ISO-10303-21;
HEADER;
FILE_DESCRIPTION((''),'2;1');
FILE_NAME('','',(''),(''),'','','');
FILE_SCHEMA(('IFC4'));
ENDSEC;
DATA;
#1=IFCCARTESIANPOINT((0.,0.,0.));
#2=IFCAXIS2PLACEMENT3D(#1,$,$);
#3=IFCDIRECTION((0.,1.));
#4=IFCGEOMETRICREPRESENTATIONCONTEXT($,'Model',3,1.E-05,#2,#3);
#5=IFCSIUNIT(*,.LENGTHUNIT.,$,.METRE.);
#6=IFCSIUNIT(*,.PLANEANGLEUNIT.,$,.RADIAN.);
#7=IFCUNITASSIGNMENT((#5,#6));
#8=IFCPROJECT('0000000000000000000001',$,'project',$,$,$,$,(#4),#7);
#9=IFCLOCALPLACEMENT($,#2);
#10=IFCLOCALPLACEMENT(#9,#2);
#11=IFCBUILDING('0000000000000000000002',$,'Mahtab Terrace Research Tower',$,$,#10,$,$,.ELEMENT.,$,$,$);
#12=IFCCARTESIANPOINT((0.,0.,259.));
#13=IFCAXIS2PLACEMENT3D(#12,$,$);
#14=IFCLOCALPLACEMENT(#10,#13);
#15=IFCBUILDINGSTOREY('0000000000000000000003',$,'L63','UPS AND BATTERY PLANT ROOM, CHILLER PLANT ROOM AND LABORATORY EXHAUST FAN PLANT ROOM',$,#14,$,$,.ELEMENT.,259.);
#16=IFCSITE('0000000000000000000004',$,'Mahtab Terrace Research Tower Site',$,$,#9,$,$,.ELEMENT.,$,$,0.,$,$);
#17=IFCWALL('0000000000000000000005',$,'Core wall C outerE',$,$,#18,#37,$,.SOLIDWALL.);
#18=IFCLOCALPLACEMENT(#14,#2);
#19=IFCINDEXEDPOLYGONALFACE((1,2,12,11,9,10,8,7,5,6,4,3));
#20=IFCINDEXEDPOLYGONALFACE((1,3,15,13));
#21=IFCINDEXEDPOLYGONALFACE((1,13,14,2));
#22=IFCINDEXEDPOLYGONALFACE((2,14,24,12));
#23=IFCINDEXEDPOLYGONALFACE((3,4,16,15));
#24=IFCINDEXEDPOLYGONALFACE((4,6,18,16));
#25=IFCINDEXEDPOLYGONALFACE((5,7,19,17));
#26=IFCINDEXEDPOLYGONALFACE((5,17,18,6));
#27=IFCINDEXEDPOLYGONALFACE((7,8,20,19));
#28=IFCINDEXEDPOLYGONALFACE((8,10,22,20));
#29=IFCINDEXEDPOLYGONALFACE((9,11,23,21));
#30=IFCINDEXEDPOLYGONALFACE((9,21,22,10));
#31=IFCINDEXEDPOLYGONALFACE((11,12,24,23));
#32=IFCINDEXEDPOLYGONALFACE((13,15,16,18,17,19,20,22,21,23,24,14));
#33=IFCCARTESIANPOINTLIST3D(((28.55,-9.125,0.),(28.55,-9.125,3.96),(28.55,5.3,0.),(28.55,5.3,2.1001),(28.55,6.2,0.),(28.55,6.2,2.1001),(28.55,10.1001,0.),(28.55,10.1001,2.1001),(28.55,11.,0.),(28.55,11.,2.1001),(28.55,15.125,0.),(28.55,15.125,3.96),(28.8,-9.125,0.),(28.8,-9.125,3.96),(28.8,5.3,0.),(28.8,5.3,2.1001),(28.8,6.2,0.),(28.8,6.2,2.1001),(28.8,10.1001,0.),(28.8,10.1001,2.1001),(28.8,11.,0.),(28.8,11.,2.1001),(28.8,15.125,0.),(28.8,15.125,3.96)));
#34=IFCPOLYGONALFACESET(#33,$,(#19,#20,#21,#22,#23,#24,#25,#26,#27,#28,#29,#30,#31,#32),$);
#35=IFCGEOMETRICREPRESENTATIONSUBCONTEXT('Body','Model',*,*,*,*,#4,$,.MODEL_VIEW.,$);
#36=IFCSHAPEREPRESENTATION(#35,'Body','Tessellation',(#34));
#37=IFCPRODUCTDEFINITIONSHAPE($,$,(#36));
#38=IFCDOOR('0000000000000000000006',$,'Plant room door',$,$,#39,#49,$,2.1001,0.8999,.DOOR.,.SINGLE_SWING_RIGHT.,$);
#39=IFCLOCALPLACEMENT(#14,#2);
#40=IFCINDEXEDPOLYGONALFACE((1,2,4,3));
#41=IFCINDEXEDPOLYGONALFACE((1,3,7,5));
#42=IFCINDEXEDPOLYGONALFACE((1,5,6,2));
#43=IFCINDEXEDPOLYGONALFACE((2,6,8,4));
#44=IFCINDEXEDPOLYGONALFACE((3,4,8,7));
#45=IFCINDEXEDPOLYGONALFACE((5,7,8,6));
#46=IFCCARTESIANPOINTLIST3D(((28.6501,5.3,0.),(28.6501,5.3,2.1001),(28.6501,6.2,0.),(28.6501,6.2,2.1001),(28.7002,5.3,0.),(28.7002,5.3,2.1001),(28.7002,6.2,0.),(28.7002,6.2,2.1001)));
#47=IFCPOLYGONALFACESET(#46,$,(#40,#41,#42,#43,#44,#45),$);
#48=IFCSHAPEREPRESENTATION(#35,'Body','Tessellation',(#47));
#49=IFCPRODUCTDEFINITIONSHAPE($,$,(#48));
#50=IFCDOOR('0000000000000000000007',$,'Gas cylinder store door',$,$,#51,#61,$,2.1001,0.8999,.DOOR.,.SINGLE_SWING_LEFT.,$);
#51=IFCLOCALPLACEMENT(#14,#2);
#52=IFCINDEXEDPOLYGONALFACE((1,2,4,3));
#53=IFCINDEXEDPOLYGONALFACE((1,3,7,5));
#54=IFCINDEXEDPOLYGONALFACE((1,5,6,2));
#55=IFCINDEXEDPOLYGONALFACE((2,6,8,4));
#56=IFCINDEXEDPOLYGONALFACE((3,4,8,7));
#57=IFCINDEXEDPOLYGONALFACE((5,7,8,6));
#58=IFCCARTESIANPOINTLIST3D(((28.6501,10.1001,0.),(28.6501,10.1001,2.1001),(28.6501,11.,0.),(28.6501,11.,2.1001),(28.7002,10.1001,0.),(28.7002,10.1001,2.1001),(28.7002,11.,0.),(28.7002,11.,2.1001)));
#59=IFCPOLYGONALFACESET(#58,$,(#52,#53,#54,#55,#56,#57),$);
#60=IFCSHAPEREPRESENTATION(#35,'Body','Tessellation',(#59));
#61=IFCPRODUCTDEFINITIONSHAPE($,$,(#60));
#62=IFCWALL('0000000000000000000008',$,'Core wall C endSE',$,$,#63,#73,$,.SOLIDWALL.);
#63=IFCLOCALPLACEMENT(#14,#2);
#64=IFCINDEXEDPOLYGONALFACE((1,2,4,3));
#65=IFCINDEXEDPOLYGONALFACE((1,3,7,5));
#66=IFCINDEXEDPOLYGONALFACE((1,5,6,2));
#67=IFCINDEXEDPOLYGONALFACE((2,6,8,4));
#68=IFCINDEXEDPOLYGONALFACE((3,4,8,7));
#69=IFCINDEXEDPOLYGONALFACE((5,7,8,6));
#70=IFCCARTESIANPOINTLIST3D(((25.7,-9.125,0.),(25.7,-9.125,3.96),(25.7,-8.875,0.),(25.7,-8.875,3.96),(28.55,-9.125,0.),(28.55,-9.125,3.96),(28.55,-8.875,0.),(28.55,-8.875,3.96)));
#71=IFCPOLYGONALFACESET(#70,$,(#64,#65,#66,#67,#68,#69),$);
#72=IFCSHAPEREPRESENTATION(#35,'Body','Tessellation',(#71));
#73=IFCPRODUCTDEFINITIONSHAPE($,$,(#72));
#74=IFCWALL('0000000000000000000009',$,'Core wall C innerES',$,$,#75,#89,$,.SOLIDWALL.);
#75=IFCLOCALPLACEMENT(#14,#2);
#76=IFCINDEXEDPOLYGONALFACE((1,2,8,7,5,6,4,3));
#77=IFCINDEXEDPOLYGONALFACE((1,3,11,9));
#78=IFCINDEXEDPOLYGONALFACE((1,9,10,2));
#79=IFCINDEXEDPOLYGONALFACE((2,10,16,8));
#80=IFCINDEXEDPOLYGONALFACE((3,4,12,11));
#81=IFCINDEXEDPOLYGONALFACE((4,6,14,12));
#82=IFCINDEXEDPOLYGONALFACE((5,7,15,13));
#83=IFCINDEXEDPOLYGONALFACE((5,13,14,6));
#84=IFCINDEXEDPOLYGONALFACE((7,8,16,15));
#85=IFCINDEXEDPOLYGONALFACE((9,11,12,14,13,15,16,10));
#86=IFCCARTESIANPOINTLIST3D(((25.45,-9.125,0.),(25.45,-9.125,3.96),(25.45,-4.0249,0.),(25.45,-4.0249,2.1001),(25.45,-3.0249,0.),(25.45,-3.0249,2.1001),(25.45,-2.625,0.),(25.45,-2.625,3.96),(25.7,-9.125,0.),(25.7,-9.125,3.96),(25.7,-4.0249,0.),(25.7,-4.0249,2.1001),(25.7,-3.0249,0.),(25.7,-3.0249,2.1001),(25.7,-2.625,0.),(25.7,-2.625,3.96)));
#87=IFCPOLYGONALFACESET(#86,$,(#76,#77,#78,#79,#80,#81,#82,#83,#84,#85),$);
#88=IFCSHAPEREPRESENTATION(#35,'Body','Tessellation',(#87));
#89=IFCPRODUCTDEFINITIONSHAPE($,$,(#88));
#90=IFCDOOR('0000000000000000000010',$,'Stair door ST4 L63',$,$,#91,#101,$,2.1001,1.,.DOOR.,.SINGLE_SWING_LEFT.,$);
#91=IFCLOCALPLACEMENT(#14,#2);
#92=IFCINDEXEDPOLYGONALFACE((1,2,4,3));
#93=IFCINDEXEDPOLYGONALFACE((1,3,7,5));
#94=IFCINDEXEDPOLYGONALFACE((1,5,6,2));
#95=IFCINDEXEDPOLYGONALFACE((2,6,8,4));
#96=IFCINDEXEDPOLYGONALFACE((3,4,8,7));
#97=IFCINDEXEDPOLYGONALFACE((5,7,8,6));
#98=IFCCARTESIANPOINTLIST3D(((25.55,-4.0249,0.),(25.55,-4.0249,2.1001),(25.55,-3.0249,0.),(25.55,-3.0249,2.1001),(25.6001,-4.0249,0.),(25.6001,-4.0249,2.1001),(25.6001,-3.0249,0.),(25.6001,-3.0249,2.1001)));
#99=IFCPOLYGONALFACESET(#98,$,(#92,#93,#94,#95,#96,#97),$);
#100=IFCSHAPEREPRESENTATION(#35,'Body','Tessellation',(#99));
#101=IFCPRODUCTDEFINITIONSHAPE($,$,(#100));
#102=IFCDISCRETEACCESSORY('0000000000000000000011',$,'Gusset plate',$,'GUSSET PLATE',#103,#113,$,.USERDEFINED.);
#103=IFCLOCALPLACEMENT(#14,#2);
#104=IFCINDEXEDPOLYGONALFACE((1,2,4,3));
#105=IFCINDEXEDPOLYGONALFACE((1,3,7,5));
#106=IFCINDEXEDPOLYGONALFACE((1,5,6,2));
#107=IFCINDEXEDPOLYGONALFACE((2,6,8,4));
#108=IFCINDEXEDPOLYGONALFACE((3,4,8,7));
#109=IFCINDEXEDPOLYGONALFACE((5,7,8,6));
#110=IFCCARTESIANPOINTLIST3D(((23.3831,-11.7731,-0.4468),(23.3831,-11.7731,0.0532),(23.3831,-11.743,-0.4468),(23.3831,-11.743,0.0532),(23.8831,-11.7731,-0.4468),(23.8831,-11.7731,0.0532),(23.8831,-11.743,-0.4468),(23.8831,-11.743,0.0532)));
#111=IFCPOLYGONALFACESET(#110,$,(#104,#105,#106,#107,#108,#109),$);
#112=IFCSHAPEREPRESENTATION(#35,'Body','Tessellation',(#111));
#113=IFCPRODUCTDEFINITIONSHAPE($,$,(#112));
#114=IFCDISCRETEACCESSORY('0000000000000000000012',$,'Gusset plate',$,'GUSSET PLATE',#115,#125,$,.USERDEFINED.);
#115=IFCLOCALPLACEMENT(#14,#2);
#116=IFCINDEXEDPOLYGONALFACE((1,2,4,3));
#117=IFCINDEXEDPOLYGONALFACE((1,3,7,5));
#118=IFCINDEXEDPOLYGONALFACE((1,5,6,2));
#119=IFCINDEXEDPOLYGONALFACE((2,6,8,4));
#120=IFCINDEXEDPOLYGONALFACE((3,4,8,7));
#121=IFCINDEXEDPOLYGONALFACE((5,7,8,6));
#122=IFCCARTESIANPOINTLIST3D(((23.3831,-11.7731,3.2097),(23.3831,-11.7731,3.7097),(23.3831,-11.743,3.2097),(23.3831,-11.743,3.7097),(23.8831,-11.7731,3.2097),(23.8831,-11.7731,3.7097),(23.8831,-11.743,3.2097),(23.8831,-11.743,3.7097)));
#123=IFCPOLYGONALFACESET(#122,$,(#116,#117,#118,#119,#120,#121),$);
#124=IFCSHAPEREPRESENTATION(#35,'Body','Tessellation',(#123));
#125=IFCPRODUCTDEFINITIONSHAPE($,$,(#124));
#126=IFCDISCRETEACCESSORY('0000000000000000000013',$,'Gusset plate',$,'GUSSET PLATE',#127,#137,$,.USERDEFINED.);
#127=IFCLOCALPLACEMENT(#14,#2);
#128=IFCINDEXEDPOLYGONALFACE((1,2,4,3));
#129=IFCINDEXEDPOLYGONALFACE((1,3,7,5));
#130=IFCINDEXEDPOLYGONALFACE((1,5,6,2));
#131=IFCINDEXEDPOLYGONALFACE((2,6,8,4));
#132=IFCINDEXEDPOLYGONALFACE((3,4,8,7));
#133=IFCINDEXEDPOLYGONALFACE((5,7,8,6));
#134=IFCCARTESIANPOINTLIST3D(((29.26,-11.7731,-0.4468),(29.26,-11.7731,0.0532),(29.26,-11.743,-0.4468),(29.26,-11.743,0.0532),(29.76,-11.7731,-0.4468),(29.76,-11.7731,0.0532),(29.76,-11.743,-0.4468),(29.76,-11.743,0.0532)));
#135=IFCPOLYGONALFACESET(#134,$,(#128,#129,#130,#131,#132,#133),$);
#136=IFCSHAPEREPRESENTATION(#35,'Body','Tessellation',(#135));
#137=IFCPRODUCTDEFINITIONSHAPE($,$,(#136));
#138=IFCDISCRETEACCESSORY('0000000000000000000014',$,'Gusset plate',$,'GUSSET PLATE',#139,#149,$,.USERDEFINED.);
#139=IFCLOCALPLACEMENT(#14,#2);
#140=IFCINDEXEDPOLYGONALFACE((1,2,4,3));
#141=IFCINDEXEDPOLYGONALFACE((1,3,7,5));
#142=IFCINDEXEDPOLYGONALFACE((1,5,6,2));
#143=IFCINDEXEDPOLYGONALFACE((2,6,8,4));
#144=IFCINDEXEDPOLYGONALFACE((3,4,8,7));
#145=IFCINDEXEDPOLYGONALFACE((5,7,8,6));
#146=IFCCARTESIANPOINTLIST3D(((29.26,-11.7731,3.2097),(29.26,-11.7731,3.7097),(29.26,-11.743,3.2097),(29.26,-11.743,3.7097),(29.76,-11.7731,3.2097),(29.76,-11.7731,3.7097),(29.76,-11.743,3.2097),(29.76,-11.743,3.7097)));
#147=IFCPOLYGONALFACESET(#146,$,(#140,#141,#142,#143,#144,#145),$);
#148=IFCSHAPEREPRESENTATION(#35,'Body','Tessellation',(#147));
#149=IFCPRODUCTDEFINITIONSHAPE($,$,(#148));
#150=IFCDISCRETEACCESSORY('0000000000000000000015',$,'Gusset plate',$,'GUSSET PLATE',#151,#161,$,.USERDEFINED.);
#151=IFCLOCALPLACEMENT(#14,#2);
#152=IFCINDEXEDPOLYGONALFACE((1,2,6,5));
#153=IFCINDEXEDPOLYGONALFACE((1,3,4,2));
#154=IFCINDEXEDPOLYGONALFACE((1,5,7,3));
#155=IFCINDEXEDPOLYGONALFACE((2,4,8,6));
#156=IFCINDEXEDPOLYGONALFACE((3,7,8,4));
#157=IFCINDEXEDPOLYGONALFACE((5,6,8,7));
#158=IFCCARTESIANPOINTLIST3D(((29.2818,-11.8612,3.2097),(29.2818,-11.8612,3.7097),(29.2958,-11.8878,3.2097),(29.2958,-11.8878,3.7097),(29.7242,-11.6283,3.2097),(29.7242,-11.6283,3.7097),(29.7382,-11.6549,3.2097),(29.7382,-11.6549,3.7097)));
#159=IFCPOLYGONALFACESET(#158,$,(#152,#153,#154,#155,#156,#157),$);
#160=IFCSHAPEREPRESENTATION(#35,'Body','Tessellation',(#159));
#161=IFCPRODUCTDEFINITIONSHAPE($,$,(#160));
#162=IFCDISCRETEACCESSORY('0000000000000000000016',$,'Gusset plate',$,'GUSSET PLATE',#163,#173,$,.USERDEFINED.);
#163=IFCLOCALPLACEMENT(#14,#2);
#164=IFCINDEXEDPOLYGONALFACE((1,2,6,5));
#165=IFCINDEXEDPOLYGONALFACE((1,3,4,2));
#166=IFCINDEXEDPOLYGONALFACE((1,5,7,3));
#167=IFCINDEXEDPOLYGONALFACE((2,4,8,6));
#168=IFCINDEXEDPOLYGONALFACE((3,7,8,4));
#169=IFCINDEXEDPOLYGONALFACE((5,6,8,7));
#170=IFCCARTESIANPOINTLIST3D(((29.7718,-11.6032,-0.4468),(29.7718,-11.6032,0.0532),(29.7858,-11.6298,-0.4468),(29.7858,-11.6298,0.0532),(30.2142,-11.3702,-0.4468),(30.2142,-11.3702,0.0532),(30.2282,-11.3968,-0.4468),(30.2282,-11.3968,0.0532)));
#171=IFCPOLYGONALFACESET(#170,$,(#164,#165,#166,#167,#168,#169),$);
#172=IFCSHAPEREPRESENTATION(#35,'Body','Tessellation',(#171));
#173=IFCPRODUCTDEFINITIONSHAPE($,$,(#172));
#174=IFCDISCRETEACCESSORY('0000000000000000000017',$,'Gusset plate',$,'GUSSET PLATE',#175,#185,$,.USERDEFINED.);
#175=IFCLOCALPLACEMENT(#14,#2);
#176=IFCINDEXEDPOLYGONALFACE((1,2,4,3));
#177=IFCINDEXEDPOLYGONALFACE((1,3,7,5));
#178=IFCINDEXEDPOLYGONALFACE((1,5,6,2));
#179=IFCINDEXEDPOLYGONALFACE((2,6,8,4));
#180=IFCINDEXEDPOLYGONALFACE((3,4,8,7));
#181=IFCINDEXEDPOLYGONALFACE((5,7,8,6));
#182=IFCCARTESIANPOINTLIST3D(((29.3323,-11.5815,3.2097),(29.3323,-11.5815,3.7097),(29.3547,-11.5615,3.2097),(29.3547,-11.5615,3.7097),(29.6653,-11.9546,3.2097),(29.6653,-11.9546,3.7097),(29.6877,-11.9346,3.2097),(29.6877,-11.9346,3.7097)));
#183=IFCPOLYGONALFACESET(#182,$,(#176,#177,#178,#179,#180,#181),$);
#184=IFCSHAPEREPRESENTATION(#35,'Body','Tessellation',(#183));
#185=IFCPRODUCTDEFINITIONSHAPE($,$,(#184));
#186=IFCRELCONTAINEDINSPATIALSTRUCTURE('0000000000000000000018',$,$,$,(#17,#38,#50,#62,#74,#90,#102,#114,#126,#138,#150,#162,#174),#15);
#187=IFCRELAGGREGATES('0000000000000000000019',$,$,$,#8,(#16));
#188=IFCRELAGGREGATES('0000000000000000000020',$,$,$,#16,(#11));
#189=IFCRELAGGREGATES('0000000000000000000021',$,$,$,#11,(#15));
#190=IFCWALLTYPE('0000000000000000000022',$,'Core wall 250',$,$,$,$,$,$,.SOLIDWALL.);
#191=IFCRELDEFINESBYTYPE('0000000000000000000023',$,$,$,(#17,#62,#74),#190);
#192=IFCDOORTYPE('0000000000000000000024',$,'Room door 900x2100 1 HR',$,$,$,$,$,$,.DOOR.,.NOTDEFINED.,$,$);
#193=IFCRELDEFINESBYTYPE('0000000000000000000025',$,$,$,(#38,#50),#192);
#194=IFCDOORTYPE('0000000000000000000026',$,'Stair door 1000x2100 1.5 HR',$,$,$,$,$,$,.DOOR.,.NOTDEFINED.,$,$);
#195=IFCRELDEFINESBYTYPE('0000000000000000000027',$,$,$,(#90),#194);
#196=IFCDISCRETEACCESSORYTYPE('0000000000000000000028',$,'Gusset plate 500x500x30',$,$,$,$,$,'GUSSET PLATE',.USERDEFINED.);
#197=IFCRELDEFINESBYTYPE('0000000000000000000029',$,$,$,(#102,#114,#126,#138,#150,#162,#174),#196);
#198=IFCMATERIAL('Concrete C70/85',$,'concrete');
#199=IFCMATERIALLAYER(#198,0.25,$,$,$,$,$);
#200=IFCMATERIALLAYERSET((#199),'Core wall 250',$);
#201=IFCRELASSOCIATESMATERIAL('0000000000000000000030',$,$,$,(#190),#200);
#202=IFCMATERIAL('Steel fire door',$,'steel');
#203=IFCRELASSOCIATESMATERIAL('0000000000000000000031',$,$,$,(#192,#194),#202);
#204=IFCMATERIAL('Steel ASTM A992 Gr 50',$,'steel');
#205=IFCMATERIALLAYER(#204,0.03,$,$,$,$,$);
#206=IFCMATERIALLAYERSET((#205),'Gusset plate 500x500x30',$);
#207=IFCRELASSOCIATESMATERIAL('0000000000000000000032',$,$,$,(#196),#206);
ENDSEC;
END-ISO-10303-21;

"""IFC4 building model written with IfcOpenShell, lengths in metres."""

from ifc_helpers import new_model, si_unit, direction, frame, frame_2d, origin, origin_2d, place, context, subcontext, project, spatial, rectangle, extrude, material, layer, layer_set, type_object, element, fill, save


model = new_model("IFC4")

# Units and contexts
model_context = context("Model", 3, precision=1e-05, world=origin(), true_north=direction((0.0, 1.0)))
body_context = subcontext(model_context, "Body", "Model", "MODEL_VIEW")
ifc_project = project(units=[si_unit("LENGTHUNIT", "METRE"), si_unit("PLANEANGLEUNIT", "RADIAN")], contexts=[model_context])

# Site, building, storey
site_placement = place(None, origin())
site = spatial("IfcSite", under=ifc_project, at=site_placement, Name="Mahtab Terrace Research Tower Site", CompositionType="ELEMENT", RefElevation=0.0)
building_placement = place(site_placement, origin())
building = spatial("IfcBuilding", under=site, at=building_placement, Name="Mahtab Terrace Research Tower", CompositionType="ELEMENT")
storey_placement = place(building_placement, frame((0.0, 0.0, 259.0)))
storey = spatial("IfcBuildingStorey", under=building, at=storey_placement, Name="L63", Description="UPS AND BATTERY PLANT ROOM, CHILLER PLANT ROOM AND LABORATORY EXHAUST FAN PLANT ROOM", CompositionType="ELEMENT", Elevation=259.0)

# Shared definitions
ifc_material_1 = material(Name="Concrete C70/85", Category="concrete")

# Shared definitions
ifc_material_2 = material(Name="Steel ASTM A992 Gr 50", Category="steel")

# Wall, openings, doors
ifc_layer_1 = layer(ifc_material_1, 0.25)
ifc_layer_set_1 = layer_set([ifc_layer_1], Name="Core wall 250")
wall_type = type_object("IfcWallType", Name="Core wall 250", PredefinedType="SOLIDWALL", material=ifc_layer_set_1)
wall_1_placement = place(storey_placement, frame((28.675, -9.125, 0.0), z_axis=(0.0, 0.0, 1.0), x_axis=(0.0, 1.0, 0.0)))
wall_1 = element("IfcWall", 1, at=wall_1_placement, inside=storey, type_object=wall_type, Name="Core wall C outerE", PredefinedType="SOLIDWALL", context=body_context, shape_type="SweptSolid", body=[
    extrude(rectangle(XDim=24.25, YDim=0.25, at=frame_2d((12.125, 0.0))), origin(), (0.0, 0.0, 1.0), 3.96),
])
opening_1_placement = place(wall_1_placement, frame((14.425, 0.0, 0.0)))
opening_1 = element("IfcOpeningElement", 2, at=opening_1_placement, cuts=wall_1, PredefinedType="OPENING", context=body_context, shape_type="SweptSolid", body=[
    extrude(rectangle(XDim=0.8999, YDim=2.1001, at=frame_2d((0.45, 1.05))), frame((0.0, 0.135, 0.0), z_axis=(0.0, -1.0, 0.0), x_axis=(1.0, 0.0, 0.0)), (0.0, 0.0, 1.0), 0.27),
])
opening_2_placement = place(wall_1_placement, frame((19.2251, 0.0, 0.0)))
opening_2 = element("IfcOpeningElement", 3, at=opening_2_placement, cuts=wall_1, PredefinedType="OPENING", context=body_context, shape_type="SweptSolid", body=[
    extrude(rectangle(XDim=0.8999, YDim=2.1001, at=frame_2d((0.45, 1.05))), frame((0.0, 0.135, 0.0), z_axis=(0.0, -1.0, 0.0), x_axis=(1.0, 0.0, 0.0)), (0.0, 0.0, 1.0), 0.27),
])
ifc_material_3 = material(Name="Steel fire door", Category="steel")
door_type_1 = type_object("IfcDoorType", Name="Room door 900x2100 1 HR", OperationType="NOTDEFINED", PredefinedType="DOOR", material=ifc_material_3)
door_1_placement = place(opening_1_placement, origin())
door_1 = element("IfcDoor", 4, at=door_1_placement, inside=storey, type_object=door_type_1, Name="Plant room door", OperationType="SINGLE_SWING_RIGHT", OverallHeight=2.1001, OverallWidth=0.8999, PredefinedType="DOOR", context=body_context, shape_type="SweptSolid", body=[
    extrude(rectangle(XDim=0.8999, YDim=2.1001, at=frame_2d((0.45, 1.05))), frame((0.0, 0.0249, 0.0), z_axis=(0.0, -1.0, 0.0), x_axis=(1.0, 0.0, 0.0)), (0.0, 0.0, 1.0), 0.05),
])
fill(opening_1, door_1)
door_2_placement = place(opening_2_placement, origin())
door_2 = element("IfcDoor", 5, at=door_2_placement, inside=storey, type_object=door_type_1, Name="Gas cylinder store door", OperationType="SINGLE_SWING_LEFT", OverallHeight=2.1001, OverallWidth=0.8999, PredefinedType="DOOR", context=body_context, shape_type="SweptSolid", body=[
    extrude(rectangle(XDim=0.8999, YDim=2.1001, at=frame_2d((0.45, 1.05))), frame((0.0, 0.0249, 0.0), z_axis=(0.0, -1.0, 0.0), x_axis=(1.0, 0.0, 0.0)), (0.0, 0.0, 1.0), 0.05),
])
fill(opening_2, door_2)

# Wall
wall_2_placement = place(storey_placement, frame((28.55, -9.0, 0.0), z_axis=(0.0, 0.0, 1.0), x_axis=(-1.0, 0.0, 0.0)))
element("IfcWall", 6, at=wall_2_placement, inside=storey, type_object=wall_type, Name="Core wall C endSE", PredefinedType="SOLIDWALL", context=body_context, shape_type="SweptSolid", body=[
    extrude(rectangle(XDim=2.8501, YDim=0.25, at=frame_2d((1.425, 0.0))), origin(), (0.0, 0.0, 1.0), 3.96),
])

# Wall, opening, door
wall_3_placement = place(storey_placement, frame((25.575, -9.125, 0.0), z_axis=(0.0, 0.0, 1.0), x_axis=(0.0, 1.0, 0.0)))
wall_3 = element("IfcWall", 7, at=wall_3_placement, inside=storey, type_object=wall_type, Name="Core wall C innerES", PredefinedType="SOLIDWALL", context=body_context, shape_type="SweptSolid", body=[
    extrude(rectangle(XDim=6.5, YDim=0.25, at=frame_2d((3.25, 0.0))), origin(), (0.0, 0.0, 1.0), 3.96),
])
opening_3_placement = place(wall_3_placement, frame((5.1001, 0.0, 0.0)))
opening_3 = element("IfcOpeningElement", 8, at=opening_3_placement, cuts=wall_3, PredefinedType="OPENING", context=body_context, shape_type="SweptSolid", body=[
    extrude(rectangle(XDim=1.0, YDim=2.1001, at=frame_2d((0.5, 1.05))), frame((0.0, 0.135, 0.0), z_axis=(0.0, -1.0, 0.0), x_axis=(1.0, 0.0, 0.0)), (0.0, 0.0, 1.0), 0.27),
])
door_type_2 = type_object("IfcDoorType", Name="Stair door 1000x2100 1.5 HR", OperationType="NOTDEFINED", PredefinedType="DOOR", material=ifc_material_3)
door_3_placement = place(opening_3_placement, origin())
door_3 = element("IfcDoor", 9, at=door_3_placement, inside=storey, type_object=door_type_2, Name="Stair door ST4 L63", OperationType="SINGLE_SWING_LEFT", OverallHeight=2.1001, OverallWidth=1.0, PredefinedType="DOOR", context=body_context, shape_type="SweptSolid", body=[
    extrude(rectangle(XDim=1.0, YDim=2.1001, at=frame_2d((0.5, 1.05))), frame((0.0, 0.0249, 0.0), z_axis=(0.0, -1.0, 0.0), x_axis=(1.0, 0.0, 0.0)), (0.0, 0.0, 1.0), 0.05),
])
fill(opening_3, door_3)

# Discrete accessories
ifc_layer_2 = layer(ifc_material_2, 0.03)
ifc_layer_set_2 = layer_set([ifc_layer_2], Name="Gusset plate 500x500x30")
discrete_accessory_type = type_object("IfcDiscreteAccessoryType", Name="Gusset plate 500x500x30", ElementType="GUSSET PLATE", PredefinedType="USERDEFINED", material=ifc_layer_set_2)
for number, where, z_axis, x_axis, name in (
    (10, (23.6331, -11.7581, -0.4468), (0.0, 0.0, 1.0), (1.0, 0.0, 0.0), "Gusset plate"),
    (11, (23.6331, -11.7581, 3.2097), (0.0, 0.0, 1.0), (1.0, 0.0, 0.0), "Gusset plate"),
    (12, (29.51, -11.7581, -0.4468), (0.0, 0.0, 1.0), (1.0, 0.0, 0.0), "Gusset plate"),
    (13, (29.51, -11.7581, 3.2097), (0.0, 0.0, 1.0), (1.0, 0.0, 0.0), "Gusset plate"),
    (14, (29.51, -11.7581, 3.2097), (0.0, 0.0, 1.0), (0.884841, 0.465893, 0.0), "Gusset plate"),
    (15, (30.0, -11.5, -0.4468), (0.0, 0.0, 1.0), (0.884841, 0.465893, 0.0), "Gusset plate"),
    (16, (29.51, -11.7581, 3.2097), (0.0, 0.0, 1.0), (-0.665882, 0.746057, 0.0), "Gusset plate"),
):
    element("IfcDiscreteAccessory", number, at=place(storey_placement, frame(where, z_axis=z_axis, x_axis=x_axis)), inside=storey, type_object=discrete_accessory_type, Name=name, ObjectType="GUSSET PLATE", PredefinedType="USERDEFINED", context=body_context, shape_type="SweptSolid", body=[
        extrude(rectangle(XDim=0.5, YDim=0.03, at=origin_2d()), origin(), (0.0, 0.0, 1.0), 0.5),
    ])

save(model, "model.ifc")
